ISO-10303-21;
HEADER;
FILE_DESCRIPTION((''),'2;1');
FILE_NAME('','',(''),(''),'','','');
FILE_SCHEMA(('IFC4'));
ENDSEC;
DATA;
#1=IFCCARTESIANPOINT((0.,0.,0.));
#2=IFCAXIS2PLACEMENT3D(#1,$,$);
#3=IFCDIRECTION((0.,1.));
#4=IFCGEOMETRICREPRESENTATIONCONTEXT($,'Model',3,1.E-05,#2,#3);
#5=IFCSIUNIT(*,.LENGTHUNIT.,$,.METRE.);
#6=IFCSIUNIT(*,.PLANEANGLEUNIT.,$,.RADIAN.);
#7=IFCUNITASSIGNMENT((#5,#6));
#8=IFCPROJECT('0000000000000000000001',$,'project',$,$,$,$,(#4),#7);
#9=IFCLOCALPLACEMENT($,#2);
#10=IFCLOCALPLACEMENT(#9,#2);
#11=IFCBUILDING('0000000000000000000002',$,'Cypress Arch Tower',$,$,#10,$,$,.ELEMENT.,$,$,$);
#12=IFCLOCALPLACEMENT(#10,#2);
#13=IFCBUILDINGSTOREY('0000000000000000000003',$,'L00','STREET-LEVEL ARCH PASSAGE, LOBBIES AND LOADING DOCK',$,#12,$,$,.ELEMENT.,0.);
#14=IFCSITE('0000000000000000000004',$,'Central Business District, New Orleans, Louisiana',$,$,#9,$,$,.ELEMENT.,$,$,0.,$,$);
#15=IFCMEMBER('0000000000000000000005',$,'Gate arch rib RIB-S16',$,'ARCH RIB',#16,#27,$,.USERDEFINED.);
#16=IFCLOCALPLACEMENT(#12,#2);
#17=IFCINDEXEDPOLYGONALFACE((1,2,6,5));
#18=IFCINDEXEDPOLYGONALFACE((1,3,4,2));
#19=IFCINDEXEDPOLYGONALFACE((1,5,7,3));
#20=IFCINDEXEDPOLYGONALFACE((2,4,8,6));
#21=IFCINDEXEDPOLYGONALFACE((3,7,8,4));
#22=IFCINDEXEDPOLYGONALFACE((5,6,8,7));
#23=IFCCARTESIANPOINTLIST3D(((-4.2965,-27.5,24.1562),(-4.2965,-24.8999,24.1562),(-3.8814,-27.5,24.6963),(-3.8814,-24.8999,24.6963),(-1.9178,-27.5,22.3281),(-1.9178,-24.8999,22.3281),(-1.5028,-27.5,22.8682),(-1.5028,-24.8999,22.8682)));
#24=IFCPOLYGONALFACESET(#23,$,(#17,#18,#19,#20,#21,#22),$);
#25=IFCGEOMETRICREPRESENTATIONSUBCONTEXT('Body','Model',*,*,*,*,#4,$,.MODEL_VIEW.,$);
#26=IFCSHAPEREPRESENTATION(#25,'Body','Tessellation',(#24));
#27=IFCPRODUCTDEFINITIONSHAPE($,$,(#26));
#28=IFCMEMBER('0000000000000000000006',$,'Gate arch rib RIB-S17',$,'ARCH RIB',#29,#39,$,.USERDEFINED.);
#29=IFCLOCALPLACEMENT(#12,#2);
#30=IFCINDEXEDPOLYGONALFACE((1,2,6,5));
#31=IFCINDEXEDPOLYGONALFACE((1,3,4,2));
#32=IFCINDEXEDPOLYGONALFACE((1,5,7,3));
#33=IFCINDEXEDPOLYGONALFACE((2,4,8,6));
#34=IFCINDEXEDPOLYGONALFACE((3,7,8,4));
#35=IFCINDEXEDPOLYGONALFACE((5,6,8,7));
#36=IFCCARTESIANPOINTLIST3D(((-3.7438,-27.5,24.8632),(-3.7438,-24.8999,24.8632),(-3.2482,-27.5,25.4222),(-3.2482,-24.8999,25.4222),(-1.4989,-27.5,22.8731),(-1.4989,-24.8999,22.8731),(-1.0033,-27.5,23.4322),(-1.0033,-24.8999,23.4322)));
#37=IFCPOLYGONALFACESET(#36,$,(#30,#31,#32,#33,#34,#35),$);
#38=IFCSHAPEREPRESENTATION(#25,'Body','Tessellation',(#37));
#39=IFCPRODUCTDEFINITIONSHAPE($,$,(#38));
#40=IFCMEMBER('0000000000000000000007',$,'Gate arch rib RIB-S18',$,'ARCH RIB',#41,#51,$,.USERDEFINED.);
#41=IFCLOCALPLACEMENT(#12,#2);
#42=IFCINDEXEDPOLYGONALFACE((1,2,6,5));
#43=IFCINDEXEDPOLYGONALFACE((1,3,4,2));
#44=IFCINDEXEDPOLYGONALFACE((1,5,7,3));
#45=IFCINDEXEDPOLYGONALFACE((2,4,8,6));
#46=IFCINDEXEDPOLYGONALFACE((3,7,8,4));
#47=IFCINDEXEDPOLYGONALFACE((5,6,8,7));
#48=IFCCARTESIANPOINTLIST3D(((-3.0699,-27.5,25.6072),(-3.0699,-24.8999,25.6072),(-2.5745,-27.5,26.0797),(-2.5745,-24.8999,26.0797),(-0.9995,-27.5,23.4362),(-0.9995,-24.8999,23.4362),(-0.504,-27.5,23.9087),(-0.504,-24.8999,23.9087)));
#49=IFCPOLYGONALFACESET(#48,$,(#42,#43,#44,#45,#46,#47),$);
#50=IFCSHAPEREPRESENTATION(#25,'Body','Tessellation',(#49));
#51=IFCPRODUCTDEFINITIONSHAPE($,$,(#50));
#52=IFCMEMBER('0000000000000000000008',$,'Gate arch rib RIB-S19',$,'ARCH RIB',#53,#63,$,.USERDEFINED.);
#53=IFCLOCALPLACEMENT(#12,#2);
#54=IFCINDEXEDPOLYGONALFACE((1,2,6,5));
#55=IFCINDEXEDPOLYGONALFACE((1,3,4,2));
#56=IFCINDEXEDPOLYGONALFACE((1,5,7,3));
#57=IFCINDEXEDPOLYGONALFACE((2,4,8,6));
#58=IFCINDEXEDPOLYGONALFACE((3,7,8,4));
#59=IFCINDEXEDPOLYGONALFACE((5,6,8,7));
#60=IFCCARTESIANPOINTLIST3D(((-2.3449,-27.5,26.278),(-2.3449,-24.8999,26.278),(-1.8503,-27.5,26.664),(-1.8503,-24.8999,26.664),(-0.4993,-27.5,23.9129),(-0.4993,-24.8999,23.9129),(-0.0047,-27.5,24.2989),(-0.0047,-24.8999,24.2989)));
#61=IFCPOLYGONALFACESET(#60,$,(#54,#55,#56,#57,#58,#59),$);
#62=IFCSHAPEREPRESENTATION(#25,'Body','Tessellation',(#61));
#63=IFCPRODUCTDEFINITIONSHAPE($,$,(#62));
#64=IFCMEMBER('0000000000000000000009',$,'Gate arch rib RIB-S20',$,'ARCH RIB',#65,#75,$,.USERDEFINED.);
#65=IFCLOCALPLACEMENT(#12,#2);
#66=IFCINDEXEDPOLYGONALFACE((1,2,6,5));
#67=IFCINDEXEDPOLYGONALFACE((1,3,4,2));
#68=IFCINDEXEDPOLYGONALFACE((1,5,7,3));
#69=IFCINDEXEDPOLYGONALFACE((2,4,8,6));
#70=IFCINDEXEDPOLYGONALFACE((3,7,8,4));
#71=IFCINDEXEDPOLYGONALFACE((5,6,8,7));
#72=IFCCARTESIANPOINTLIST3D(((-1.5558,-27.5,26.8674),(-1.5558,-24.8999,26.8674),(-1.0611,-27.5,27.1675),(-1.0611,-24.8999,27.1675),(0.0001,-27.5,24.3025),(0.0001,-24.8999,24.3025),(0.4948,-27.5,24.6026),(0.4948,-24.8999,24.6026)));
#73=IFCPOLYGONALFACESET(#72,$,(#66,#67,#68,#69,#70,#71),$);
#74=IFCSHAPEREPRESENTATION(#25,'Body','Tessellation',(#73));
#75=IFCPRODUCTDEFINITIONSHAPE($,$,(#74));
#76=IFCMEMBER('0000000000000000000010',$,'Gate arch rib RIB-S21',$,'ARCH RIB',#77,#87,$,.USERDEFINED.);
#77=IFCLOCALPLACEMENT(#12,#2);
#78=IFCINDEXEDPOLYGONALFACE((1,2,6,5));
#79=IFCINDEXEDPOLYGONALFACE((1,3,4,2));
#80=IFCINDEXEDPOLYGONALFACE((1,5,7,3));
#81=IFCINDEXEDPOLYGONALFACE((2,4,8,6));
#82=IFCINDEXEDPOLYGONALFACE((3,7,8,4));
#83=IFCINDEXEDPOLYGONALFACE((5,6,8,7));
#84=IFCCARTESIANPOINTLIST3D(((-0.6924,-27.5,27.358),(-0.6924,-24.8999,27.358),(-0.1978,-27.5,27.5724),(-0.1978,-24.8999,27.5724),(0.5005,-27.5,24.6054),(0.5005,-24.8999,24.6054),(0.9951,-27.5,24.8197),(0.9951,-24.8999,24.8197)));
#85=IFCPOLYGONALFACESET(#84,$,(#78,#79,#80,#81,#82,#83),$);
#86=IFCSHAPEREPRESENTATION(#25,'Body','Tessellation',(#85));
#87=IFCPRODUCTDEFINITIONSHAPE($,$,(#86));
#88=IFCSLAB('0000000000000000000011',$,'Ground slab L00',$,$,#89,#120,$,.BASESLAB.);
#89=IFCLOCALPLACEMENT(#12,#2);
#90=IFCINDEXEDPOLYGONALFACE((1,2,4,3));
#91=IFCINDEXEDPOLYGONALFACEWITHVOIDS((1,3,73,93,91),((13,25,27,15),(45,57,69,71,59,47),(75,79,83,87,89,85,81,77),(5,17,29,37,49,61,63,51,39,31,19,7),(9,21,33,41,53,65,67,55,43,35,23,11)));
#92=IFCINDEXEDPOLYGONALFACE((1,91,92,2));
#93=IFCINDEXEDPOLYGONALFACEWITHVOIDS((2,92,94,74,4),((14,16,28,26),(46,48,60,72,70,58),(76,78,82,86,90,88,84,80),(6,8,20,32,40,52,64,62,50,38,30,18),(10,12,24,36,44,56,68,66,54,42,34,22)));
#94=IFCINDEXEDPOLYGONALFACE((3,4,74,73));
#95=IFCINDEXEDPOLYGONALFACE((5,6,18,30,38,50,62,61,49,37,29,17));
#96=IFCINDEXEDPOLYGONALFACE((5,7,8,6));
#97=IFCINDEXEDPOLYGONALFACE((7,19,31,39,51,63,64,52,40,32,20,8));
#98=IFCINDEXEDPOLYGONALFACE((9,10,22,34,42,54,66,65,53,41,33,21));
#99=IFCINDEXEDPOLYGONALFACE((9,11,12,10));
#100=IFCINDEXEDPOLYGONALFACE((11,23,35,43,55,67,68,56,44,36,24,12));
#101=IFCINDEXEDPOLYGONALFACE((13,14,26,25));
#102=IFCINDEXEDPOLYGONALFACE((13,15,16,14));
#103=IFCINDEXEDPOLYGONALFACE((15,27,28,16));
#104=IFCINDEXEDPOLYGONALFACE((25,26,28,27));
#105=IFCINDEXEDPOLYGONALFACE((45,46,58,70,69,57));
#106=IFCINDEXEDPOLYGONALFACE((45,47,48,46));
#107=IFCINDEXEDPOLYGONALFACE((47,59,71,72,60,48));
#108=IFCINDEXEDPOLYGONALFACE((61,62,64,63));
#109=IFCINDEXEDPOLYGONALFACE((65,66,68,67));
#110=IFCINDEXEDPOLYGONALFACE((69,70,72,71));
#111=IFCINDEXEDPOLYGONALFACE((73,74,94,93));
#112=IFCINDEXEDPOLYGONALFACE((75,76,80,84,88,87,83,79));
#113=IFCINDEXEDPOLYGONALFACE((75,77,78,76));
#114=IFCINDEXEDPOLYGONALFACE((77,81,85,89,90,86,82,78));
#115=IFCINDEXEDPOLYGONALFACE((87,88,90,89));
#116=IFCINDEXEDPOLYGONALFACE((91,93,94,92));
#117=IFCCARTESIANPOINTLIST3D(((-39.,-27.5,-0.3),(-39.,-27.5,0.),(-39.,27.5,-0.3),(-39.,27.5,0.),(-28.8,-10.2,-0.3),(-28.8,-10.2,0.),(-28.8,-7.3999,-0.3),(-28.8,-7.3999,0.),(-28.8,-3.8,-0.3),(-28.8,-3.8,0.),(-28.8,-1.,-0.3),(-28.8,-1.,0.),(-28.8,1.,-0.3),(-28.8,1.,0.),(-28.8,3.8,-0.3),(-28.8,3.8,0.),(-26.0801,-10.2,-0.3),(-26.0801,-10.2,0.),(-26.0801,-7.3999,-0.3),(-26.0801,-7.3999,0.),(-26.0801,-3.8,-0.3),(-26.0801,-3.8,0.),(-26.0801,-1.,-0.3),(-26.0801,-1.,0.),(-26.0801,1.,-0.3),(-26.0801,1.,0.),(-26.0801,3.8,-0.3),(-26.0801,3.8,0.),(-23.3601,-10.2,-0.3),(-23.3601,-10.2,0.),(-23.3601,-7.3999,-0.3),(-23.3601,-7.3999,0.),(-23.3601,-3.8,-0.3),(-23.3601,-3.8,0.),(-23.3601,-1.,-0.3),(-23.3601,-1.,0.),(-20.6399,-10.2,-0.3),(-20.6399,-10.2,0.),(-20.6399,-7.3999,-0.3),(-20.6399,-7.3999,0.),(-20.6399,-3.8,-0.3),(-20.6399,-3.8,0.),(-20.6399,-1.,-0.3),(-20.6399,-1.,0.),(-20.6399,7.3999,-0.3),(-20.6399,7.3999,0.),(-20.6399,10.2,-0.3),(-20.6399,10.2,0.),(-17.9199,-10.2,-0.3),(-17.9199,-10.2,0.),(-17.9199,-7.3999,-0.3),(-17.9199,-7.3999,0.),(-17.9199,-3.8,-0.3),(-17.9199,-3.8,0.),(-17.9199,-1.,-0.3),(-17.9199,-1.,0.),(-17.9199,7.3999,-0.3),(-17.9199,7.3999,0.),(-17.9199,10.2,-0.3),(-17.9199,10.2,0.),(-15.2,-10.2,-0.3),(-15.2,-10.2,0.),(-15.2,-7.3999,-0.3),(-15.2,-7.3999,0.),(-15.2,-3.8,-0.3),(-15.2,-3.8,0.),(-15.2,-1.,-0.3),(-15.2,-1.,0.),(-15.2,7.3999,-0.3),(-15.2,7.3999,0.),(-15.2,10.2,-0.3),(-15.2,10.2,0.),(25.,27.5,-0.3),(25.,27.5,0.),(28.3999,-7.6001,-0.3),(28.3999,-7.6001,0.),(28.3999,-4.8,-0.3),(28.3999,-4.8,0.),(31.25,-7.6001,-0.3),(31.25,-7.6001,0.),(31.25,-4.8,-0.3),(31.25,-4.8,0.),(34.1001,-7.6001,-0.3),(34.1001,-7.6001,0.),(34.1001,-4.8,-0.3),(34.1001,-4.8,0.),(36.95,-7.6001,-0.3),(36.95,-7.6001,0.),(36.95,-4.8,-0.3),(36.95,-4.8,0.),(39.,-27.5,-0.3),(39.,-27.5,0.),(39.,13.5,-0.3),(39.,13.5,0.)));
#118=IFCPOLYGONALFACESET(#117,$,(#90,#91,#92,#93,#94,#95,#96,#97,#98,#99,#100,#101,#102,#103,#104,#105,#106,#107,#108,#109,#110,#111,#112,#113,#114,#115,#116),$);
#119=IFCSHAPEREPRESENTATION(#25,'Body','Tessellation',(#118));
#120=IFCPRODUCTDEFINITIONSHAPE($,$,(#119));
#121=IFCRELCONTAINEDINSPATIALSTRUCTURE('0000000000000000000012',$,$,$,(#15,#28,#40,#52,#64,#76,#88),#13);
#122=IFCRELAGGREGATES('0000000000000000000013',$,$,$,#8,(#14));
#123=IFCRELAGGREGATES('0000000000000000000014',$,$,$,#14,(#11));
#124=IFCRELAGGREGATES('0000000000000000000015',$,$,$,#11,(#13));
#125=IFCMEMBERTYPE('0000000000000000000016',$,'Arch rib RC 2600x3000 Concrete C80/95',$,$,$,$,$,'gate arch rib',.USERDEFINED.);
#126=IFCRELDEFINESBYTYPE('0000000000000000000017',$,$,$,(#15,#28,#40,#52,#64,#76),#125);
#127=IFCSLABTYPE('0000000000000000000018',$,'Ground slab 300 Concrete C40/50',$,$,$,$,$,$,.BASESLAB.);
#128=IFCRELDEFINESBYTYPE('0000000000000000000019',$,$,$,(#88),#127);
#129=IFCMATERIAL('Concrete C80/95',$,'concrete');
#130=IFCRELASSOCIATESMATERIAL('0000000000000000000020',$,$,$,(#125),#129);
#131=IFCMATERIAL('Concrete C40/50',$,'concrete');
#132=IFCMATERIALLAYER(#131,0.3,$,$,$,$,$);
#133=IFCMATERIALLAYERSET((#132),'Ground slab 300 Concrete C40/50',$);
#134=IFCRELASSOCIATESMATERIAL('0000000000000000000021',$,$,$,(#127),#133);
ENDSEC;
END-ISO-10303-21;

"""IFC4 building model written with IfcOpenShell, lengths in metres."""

from ifc_helpers import new_model, si_unit, direction, frame, origin, origin_2d, place, context, subcontext, project, spatial, polyline, rectangle, outline, extrude, material, layer, layer_set, material_profile, profile_set, type_object, element, save


model = new_model("IFC4")

# Units and contexts
model_context = context("Model", 3, precision=1e-05, world=origin(), true_north=direction((0.0, 1.0)))
body_context = subcontext(model_context, "Body", "Model", "MODEL_VIEW")
ifc_project = project(units=[si_unit("LENGTHUNIT", "METRE"), si_unit("PLANEANGLEUNIT", "RADIAN")], contexts=[model_context])

# Site, building, storey
site_placement = place(None, origin())
site = spatial("IfcSite", under=ifc_project, at=site_placement, Name="Central Business District, New Orleans, Louisiana", CompositionType="ELEMENT", RefElevation=0.0)
building_placement = place(site_placement, origin())
building = spatial("IfcBuilding", under=site, at=building_placement, Name="Cypress Arch Tower", CompositionType="ELEMENT")
storey_placement = place(building_placement, origin())
storey = spatial("IfcBuildingStorey", under=building, at=storey_placement, Name="L00", Description="STREET-LEVEL ARCH PASSAGE, LOBBIES AND LOADING DOCK", CompositionType="ELEMENT", Elevation=0.0)

# Members
ifc_material_1 = material(Name="Concrete C80/95", Category="concrete")
ifc_material_profile_1 = material_profile(ifc_material_1, rectangle(XDim=2.6001, YDim=3.0, at=origin_2d()), Name="RC 2600x3000")
ifc_profile_set_1 = profile_set([ifc_material_profile_1], Name="Concrete C80/95")
member_type = type_object("IfcMemberType", Name="Arch rib RC 2600x3000 Concrete C80/95", ElementType="gate arch rib", PredefinedType="USERDEFINED", material=ifc_profile_set_1)
member_1_placement = place(storey_placement, frame((-3.1072, -26.2, 23.2422), z_axis=(0.609364, 0.0, 0.79289), x_axis=(0.0, 1.0, 0.0)))
element("IfcMember", 1, at=member_1_placement, inside=storey, type_object=member_type, Name="Gate arch rib RIB-S16", ObjectType="ARCH RIB", PredefinedType="USERDEFINED", context=body_context, shape_type="SweptSolid", body=[
    extrude(rectangle(XDim=2.6001, YDim=3.0, at=origin_2d()), origin(), (0.0, 0.0, 1.0), 0.6812),
])
member_2_placement = place(storey_placement, frame((-2.6213, -26.2, 23.8682), z_axis=(0.663349, 0.0, 0.74831), x_axis=(0.0, 1.0, 0.0)))
element("IfcMember", 2, at=member_2_placement, inside=storey, type_object=member_type, Name="Gate arch rib RIB-S17", ObjectType="ARCH RIB", PredefinedType="USERDEFINED", context=body_context, shape_type="SweptSolid", body=[
    extrude(rectangle(XDim=2.6001, YDim=3.0, at=origin_2d()), origin(), (0.0, 0.0, 1.0), 0.7471),
])
member_3_placement = place(storey_placement, frame((-2.0347, -26.2, 24.5217), z_axis=(0.723671, 0.0, 0.690145), x_axis=(0.0, 1.0, 0.0)))
element("IfcMember", 3, at=member_3_placement, inside=storey, type_object=member_type, Name="Gate arch rib RIB-S18", ObjectType="ARCH RIB", PredefinedType="USERDEFINED", context=body_context, shape_type="SweptSolid", body=[
    extrude(rectangle(XDim=2.6001, YDim=3.0, at=origin_2d()), origin(), (0.0, 0.0, 1.0), 0.6846),
])
member_4_placement = place(storey_placement, frame((-1.4221, -26.2, 25.0955), z_axis=(0.788366, 0.0, 0.615206), x_axis=(0.0, 1.0, 0.0)))
element("IfcMember", 4, at=member_4_placement, inside=storey, type_object=member_type, Name="Gate arch rib RIB-S19", ObjectType="ARCH RIB", PredefinedType="USERDEFINED", context=body_context, shape_type="SweptSolid", body=[
    extrude(rectangle(XDim=2.6001, YDim=3.0, at=origin_2d()), origin(), (0.0, 0.0, 1.0), 0.6274),
])
member_5_placement = place(storey_placement, frame((-0.7778, -26.2, 25.585), z_axis=(0.854988, 0.0, 0.518648), x_axis=(0.0, 1.0, 0.0)))
element("IfcMember", 5, at=member_5_placement, inside=storey, type_object=member_type, Name="Gate arch rib RIB-S20", ObjectType="ARCH RIB", PredefinedType="USERDEFINED", context=body_context, shape_type="SweptSolid", body=[
    extrude(rectangle(XDim=2.6001, YDim=3.0, at=origin_2d()), origin(), (0.0, 0.0, 1.0), 0.5786),
])
member_6_placement = place(storey_placement, frame((-0.0959, -26.2, 25.9817), z_axis=(0.917545, 0.0, 0.397633), x_axis=(0.0, 1.0, 0.0)))
element("IfcMember", 6, at=member_6_placement, inside=storey, type_object=member_type, Name="Gate arch rib RIB-S21", ObjectType="ARCH RIB", PredefinedType="USERDEFINED", context=body_context, shape_type="SweptSolid", body=[
    extrude(rectangle(XDim=2.6001, YDim=3.0, at=origin_2d()), origin(), (0.0, 0.0, 1.0), 0.5391),
])

# Slab
ifc_material_2 = material(Name="Concrete C40/50", Category="concrete")
ifc_layer_1 = layer(ifc_material_2, 0.3)
ifc_layer_set_1 = layer_set([ifc_layer_1], Name="Ground slab 300 Concrete C40/50")
slab_type_1 = type_object("IfcSlabType", Name="Ground slab 300 Concrete C40/50", PredefinedType="BASESLAB", material=ifc_layer_set_1)
slab_1_placement = place(storey_placement, frame((0.0, 0.0, -0.3)))
element("IfcSlab", 7, at=slab_1_placement, inside=storey, type_object=slab_type_1, Name="Ground slab L00", PredefinedType="BASESLAB", context=body_context, shape_type="SweptSolid", body=[
    extrude(outline(polyline([(-39.0, 27.5), (25.0, 27.5), (39.0, 13.5), (39.0, -27.5), (-39.0, -27.5), (-39.0, 27.5)]), holes=[polyline([(-26.0801, -7.3999), (-28.8, -7.3999), (-28.8, -10.2), (-26.0801, -10.2), (-23.3601, -10.2), (-20.6399, -10.2), (-17.9199, -10.2), (-15.2, -10.2), (-15.2, -7.3999), (-17.9199, -7.3999), (-20.6399, -7.3999), (-23.3601, -7.3999), (-26.0801, -7.3999)]), polyline([(-26.0801, -1.0), (-28.8, -1.0), (-28.8, -3.8), (-26.0801, -3.8), (-23.3601, -3.8), (-20.6399, -3.8), (-17.9199, -3.8), (-15.2, -3.8), (-15.2, -1.0), (-17.9199, -1.0), (-20.6399, -1.0), (-23.3601, -1.0), (-26.0801, -1.0)]), polyline([(-26.0801, 3.8), (-28.8, 3.8), (-28.8, 1.0), (-26.0801, 1.0), (-26.0801, 3.8)]), polyline([(31.25, -4.8), (28.3999, -4.8), (28.3999, -7.6001), (31.25, -7.6001), (34.1001, -7.6001), (36.95, -7.6001), (36.95, -4.8), (34.1001, -4.8), (31.25, -4.8)]), polyline([(-17.9199, 10.2), (-20.6399, 10.2), (-20.6399, 7.3999), (-17.9199, 7.3999), (-15.2, 7.3999), (-15.2, 10.2), (-17.9199, 10.2)])]), origin(), (0.0, 0.0, 1.0), 0.3),
])

save(model, "model.ifc")
